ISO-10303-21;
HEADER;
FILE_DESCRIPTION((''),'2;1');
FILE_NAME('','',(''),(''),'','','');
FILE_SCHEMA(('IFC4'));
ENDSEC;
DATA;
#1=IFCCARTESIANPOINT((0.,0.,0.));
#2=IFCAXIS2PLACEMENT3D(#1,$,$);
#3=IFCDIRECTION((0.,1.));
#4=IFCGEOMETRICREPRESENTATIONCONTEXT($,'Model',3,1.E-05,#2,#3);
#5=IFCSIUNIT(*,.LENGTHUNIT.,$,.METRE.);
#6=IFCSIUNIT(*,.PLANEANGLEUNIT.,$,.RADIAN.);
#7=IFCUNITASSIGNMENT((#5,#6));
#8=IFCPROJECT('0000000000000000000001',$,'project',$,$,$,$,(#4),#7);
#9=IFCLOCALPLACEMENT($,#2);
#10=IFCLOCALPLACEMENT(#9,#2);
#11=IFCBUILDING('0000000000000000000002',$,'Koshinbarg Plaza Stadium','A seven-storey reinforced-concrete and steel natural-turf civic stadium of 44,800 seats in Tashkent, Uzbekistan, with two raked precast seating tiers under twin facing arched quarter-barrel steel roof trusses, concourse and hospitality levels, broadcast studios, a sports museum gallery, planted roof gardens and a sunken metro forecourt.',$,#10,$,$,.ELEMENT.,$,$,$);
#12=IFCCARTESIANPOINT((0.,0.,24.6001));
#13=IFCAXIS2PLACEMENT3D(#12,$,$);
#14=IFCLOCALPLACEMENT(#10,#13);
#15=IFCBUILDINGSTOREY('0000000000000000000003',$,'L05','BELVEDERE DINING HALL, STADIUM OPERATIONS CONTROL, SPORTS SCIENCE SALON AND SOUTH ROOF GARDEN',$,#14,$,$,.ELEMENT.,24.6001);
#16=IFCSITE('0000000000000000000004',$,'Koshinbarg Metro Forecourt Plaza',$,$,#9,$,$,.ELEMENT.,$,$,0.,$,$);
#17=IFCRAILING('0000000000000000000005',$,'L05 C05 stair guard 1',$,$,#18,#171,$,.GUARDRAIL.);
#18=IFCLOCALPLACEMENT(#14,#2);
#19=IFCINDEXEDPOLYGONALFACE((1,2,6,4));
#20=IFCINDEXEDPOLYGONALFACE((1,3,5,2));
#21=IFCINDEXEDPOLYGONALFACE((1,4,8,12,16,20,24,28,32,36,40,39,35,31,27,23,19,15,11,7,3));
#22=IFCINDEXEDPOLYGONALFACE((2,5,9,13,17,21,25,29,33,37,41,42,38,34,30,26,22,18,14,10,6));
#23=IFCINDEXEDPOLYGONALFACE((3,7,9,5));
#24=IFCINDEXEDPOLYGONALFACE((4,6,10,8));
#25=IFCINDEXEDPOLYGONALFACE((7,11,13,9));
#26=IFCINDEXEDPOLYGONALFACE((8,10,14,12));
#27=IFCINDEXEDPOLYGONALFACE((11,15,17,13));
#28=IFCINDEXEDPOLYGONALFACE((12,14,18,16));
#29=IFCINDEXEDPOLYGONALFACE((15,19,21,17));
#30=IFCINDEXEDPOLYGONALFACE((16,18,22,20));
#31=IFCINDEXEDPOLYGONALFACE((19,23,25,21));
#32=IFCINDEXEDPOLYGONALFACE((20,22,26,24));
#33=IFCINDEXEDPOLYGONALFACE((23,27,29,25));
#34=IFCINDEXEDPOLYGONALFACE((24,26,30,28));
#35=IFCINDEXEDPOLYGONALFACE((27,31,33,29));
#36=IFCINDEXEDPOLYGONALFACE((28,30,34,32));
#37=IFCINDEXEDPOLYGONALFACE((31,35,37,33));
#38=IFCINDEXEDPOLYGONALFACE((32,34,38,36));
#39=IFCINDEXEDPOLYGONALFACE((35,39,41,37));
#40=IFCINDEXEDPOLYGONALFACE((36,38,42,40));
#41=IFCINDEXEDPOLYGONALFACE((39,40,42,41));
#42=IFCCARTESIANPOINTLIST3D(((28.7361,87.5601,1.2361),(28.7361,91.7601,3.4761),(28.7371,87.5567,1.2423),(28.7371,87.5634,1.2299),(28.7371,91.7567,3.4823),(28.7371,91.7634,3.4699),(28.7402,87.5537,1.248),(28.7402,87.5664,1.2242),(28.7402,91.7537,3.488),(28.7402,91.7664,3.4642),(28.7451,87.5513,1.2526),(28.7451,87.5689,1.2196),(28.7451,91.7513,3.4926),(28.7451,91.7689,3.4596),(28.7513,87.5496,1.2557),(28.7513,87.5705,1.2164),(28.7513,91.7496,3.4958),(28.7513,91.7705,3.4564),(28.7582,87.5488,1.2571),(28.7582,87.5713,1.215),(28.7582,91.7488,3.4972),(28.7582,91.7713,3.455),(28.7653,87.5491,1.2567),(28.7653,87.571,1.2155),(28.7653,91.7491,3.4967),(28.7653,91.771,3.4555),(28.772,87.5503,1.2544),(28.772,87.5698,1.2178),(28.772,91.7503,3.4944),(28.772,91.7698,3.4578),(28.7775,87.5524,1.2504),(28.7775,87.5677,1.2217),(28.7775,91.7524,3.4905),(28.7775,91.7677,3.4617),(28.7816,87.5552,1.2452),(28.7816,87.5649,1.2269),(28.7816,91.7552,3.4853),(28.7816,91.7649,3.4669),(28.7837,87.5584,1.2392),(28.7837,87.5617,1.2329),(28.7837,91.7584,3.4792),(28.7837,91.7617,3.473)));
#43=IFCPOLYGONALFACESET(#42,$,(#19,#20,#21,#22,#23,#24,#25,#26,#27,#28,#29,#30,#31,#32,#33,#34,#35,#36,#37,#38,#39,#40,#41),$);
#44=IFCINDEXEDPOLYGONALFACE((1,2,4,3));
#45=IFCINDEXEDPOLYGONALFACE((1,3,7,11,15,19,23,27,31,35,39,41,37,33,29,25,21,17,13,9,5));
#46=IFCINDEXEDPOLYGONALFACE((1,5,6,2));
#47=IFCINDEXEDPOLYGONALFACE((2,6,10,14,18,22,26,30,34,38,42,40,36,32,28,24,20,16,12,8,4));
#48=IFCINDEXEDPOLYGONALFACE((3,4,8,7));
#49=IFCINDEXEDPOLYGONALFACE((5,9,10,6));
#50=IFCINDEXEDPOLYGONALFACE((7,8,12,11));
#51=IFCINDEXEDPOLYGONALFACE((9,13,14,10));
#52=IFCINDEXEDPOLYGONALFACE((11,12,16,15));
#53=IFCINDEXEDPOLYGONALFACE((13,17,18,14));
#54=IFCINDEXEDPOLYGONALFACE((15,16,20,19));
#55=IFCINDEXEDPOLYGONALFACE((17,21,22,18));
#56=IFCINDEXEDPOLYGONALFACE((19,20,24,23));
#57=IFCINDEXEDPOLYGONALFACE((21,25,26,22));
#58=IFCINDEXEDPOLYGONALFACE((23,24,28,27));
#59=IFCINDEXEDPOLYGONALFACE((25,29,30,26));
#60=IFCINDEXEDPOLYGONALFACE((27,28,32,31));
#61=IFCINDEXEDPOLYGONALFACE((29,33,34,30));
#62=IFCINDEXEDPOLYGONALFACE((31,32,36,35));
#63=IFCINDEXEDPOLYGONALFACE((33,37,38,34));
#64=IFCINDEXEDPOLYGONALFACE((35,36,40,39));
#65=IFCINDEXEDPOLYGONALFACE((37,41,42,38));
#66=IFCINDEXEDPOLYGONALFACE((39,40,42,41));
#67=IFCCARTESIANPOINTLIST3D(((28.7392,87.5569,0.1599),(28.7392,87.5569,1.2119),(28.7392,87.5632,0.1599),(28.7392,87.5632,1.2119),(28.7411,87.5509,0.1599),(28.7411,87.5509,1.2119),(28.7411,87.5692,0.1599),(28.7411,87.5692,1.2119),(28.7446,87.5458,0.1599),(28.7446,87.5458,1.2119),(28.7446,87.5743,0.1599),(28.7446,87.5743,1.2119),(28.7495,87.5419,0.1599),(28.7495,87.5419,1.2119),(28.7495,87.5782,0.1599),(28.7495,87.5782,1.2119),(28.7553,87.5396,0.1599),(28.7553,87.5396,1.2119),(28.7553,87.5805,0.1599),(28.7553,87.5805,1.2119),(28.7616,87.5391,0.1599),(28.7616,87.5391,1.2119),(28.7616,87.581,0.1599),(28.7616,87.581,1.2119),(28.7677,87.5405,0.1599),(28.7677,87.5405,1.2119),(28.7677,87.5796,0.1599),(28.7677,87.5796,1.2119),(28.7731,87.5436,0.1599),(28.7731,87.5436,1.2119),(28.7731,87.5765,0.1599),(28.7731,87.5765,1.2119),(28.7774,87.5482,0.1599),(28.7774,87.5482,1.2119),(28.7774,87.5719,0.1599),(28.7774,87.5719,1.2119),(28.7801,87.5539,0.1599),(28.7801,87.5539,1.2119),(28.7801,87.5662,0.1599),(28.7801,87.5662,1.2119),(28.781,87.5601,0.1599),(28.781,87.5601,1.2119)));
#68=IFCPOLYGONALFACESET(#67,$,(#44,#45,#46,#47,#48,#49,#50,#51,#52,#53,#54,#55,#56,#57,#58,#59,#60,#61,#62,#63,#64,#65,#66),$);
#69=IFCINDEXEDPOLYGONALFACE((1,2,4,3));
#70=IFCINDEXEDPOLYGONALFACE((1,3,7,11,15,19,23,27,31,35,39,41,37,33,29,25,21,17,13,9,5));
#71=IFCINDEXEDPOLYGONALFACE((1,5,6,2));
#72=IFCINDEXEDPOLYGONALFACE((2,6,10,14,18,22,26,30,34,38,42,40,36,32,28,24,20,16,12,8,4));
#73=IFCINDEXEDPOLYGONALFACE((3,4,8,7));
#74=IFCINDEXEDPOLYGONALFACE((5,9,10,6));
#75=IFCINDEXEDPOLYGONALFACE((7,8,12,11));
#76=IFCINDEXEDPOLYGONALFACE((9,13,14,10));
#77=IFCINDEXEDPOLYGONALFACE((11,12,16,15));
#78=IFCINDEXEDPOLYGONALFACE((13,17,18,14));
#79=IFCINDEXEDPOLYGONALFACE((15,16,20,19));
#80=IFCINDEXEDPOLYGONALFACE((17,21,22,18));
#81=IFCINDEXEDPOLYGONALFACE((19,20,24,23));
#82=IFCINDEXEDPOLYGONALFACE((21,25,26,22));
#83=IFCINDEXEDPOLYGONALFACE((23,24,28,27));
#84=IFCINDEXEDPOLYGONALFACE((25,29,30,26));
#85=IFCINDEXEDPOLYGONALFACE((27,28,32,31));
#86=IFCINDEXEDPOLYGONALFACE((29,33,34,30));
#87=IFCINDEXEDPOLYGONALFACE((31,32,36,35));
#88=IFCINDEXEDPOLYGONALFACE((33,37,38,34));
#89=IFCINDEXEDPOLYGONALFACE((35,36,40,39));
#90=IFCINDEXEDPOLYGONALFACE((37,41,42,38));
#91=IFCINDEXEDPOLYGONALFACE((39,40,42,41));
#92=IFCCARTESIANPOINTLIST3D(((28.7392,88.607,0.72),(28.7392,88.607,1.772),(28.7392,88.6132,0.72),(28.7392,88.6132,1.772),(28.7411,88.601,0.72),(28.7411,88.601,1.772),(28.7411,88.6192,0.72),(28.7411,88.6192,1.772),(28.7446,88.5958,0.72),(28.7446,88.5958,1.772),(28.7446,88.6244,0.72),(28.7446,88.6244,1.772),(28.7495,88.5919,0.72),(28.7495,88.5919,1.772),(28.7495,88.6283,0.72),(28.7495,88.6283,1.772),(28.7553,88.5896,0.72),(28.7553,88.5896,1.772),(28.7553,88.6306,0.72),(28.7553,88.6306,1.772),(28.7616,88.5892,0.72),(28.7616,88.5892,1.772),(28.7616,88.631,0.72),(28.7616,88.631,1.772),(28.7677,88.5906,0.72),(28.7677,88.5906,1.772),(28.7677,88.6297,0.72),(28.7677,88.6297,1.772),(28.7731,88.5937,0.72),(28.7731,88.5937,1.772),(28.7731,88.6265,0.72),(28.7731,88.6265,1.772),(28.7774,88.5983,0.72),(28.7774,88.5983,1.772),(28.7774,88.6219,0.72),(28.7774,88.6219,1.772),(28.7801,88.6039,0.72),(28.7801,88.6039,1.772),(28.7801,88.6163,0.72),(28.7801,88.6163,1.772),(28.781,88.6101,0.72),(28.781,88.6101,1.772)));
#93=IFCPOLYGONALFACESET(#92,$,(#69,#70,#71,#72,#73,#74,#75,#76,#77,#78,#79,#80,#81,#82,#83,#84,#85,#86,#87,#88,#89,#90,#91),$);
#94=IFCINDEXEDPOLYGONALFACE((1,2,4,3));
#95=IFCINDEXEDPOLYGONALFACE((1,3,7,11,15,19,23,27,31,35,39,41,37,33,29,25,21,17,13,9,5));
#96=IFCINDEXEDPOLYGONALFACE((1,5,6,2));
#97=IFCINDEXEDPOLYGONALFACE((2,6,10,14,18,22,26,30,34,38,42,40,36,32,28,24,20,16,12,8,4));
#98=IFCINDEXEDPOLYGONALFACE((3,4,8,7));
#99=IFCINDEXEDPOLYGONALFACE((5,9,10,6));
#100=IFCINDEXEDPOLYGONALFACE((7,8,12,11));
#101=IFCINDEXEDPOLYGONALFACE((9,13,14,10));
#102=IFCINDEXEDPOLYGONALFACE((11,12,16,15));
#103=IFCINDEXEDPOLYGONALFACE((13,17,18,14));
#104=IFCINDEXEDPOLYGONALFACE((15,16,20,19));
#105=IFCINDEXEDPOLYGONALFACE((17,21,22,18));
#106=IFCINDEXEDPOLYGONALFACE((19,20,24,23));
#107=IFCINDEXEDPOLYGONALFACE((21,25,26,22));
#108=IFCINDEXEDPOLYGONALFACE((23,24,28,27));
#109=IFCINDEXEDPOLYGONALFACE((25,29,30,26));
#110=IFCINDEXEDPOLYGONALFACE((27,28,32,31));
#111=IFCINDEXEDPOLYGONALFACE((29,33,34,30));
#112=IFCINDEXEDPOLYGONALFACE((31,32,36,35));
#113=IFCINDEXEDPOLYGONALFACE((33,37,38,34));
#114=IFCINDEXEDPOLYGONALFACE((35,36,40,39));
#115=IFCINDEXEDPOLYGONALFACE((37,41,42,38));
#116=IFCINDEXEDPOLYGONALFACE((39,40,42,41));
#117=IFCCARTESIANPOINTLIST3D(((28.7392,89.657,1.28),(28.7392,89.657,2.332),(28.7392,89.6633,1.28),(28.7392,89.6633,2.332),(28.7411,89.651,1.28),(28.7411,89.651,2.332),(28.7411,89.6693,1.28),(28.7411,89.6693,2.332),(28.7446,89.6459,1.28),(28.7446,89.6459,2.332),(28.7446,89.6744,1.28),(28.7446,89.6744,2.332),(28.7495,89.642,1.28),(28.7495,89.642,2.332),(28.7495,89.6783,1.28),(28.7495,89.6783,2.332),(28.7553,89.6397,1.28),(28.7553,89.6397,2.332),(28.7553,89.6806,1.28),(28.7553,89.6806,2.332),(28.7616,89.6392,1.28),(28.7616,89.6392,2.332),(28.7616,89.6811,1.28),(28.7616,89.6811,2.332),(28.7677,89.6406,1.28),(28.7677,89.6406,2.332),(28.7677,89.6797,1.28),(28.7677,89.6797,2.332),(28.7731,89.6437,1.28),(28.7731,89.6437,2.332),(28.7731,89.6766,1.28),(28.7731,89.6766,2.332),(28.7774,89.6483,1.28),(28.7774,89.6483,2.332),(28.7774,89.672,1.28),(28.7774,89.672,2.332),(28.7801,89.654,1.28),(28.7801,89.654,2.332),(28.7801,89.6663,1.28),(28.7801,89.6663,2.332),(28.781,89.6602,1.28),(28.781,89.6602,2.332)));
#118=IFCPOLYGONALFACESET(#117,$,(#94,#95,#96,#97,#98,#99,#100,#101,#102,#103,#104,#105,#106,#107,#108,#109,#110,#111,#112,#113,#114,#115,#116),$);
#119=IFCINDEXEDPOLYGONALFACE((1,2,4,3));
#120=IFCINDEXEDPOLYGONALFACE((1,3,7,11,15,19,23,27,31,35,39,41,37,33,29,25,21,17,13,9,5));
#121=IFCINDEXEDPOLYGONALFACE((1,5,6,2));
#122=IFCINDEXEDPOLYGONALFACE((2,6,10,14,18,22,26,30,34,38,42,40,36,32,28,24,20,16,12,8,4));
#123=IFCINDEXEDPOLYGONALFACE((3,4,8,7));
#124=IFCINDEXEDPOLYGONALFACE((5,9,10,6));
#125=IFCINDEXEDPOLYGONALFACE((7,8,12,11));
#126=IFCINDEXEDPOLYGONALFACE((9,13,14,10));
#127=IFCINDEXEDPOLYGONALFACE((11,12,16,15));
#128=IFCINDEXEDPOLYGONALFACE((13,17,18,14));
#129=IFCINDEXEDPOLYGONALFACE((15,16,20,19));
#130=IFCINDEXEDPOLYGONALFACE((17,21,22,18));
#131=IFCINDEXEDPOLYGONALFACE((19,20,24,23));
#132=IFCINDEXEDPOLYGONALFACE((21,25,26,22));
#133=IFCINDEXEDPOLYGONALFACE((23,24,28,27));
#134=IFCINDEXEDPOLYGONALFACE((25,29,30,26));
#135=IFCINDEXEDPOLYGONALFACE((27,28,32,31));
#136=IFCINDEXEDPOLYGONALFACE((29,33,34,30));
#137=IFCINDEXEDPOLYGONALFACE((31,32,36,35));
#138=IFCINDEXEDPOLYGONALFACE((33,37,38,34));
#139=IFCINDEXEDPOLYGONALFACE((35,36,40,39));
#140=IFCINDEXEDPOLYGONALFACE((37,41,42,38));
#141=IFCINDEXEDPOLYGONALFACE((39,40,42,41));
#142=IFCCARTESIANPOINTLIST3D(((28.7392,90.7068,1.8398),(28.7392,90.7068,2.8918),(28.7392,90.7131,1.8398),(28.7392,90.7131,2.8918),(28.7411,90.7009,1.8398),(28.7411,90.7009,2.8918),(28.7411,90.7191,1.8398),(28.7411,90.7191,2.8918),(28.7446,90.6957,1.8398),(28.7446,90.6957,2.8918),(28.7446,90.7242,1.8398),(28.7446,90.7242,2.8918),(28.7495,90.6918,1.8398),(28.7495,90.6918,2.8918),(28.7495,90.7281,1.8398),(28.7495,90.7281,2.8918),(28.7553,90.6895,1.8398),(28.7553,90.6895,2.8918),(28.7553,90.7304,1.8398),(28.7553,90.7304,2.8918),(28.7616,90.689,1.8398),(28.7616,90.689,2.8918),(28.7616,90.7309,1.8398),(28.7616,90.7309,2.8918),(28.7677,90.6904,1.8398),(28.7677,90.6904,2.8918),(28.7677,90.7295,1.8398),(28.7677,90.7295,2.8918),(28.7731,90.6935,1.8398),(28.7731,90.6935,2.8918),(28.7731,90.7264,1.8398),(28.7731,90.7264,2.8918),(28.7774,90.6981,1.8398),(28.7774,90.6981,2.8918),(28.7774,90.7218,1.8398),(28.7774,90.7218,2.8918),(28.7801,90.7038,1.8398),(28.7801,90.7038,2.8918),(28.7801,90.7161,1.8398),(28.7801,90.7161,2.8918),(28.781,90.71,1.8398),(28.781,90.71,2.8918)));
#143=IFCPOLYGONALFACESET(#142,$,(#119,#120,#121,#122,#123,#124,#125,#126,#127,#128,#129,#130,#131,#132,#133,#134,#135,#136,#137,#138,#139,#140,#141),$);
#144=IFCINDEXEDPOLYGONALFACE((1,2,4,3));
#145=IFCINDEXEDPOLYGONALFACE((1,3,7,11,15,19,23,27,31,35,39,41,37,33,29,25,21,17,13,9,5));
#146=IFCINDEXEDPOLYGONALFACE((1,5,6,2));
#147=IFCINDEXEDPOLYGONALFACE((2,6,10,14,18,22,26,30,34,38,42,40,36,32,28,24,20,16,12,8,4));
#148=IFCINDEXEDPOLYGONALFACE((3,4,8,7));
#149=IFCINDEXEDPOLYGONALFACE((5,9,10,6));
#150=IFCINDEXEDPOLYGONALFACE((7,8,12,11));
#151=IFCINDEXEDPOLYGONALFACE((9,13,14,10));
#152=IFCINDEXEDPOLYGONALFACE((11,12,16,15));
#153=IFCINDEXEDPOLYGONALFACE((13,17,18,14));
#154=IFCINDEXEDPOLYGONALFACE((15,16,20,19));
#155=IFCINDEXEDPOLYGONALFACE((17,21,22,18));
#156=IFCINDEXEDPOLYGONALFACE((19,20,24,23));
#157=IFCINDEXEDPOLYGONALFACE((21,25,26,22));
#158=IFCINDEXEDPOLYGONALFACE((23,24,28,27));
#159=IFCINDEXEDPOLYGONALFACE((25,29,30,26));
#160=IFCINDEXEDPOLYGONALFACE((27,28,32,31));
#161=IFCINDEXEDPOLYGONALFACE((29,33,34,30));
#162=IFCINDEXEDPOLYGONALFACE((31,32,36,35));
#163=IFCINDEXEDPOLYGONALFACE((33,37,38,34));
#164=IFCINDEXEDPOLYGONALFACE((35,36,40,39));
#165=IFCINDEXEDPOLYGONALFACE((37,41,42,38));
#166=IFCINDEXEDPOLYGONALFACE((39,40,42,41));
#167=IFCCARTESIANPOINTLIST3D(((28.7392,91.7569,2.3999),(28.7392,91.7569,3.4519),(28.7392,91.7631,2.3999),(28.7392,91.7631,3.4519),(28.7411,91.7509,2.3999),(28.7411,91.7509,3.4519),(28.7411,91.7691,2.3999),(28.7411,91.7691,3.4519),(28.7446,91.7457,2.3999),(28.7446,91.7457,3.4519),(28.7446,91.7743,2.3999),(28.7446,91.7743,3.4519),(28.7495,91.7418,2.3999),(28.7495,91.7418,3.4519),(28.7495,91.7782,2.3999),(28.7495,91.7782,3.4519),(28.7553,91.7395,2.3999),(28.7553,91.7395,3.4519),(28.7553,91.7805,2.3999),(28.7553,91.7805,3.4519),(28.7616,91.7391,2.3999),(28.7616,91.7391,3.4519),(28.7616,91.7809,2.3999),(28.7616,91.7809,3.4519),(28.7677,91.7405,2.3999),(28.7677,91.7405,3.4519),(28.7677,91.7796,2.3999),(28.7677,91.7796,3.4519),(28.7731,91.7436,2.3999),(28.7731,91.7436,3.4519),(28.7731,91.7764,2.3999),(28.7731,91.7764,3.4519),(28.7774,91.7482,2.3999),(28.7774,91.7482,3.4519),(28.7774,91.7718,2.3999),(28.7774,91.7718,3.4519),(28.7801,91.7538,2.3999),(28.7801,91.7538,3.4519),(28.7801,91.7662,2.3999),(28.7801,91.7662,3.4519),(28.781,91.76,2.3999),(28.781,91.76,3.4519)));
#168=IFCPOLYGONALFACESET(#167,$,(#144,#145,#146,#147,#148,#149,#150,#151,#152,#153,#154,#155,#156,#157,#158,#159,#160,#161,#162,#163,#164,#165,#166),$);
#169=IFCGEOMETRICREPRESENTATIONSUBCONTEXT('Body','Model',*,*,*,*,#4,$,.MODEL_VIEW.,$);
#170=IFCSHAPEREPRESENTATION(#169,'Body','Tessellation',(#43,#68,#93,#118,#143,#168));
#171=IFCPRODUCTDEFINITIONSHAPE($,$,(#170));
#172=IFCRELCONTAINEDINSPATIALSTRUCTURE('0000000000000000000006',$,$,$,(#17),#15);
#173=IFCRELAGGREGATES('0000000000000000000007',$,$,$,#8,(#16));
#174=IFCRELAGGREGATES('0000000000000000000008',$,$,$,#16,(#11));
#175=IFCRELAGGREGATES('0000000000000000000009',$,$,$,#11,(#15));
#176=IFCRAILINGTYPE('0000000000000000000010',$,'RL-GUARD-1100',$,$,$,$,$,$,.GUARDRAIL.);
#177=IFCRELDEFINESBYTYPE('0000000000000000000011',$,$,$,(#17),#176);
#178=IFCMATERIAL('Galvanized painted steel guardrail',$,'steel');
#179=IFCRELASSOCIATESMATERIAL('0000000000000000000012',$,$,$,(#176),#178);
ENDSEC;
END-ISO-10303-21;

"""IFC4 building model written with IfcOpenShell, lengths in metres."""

from ifc_helpers import new_model, si_unit, direction, frame, origin, origin_2d, place, context, subcontext, project, spatial, circle, extrude, material, type_object, element, save


model = new_model("IFC4")

# Units and contexts
model_context = context("Model", 3, precision=1e-05, world=origin(), true_north=direction((0.0, 1.0)))
body_context = subcontext(model_context, "Body", "Model", "MODEL_VIEW")
ifc_project = project(units=[si_unit("LENGTHUNIT", "METRE"), si_unit("PLANEANGLEUNIT", "RADIAN")], contexts=[model_context])

# Site, building, storey
site_placement = place(None, origin())
site = spatial("IfcSite", under=ifc_project, at=site_placement, Name="Koshinbarg Metro Forecourt Plaza", CompositionType="ELEMENT", RefElevation=0.0)
building_placement = place(site_placement, origin())
building = spatial("IfcBuilding", under=site, at=building_placement, Name="Koshinbarg Plaza Stadium", Description="A seven-storey reinforced-concrete and steel natural-turf civic stadium of 44,800 seats in Tashkent, Uzbekistan, with two raked precast seating tiers under twin facing arched quarter-barrel steel roof trusses, concourse and hospitality levels, broadcast studios, a sports museum gallery, planted roof gardens and a sunken metro forecourt.", CompositionType="ELEMENT")
storey_placement = place(building_placement, frame((0.0, 0.0, 24.6001)))
storey = spatial("IfcBuildingStorey", under=building, at=storey_placement, Name="L05", Description="BELVEDERE DINING HALL, STADIUM OPERATIONS CONTROL, SPORTS SCIENCE SALON AND SOUTH ROOF GARDEN", CompositionType="ELEMENT", Elevation=24.6001)

# Railing
ifc_material_1 = material(Name="Galvanized painted steel guardrail", Category="steel")
railing_type_1 = type_object("IfcRailingType", Name="RL-GUARD-1100", PredefinedType="GUARDRAIL", material=ifc_material_1)
railing_1_placement = place(storey_placement, frame((28.76, 87.5601, 0.1599)))
element("IfcRailing", 1, at=railing_1_placement, inside=storey, type_object=railing_type_1, Name="L05 C05 stair guard 1", PredefinedType="GUARDRAIL", context=body_context, shape_type="SweptSolid", body=[
    extrude(circle(Radius=0.0239, at=origin_2d()), frame((0.0, 0.0, 1.0762), z_axis=(0.0, 0.882352, 0.470591), x_axis=(-1.0, 0.0, 0.0)), (0.0, 0.0, 1.0), 4.76),
    extrude(circle(Radius=0.021, at=origin_2d()), origin(), (0.0, 0.0, 1.0), 1.052),
    extrude(circle(Radius=0.021, at=origin_2d()), frame((0.0, 1.05, 0.5601)), (0.0, 0.0, 1.0), 1.052),
    extrude(circle(Radius=0.021, at=origin_2d()), frame((0.0, 2.1001, 1.1201)), (0.0, 0.0, 1.0), 1.052),
    extrude(circle(Radius=0.021, at=origin_2d()), frame((0.0, 3.1499, 1.6799)), (0.0, 0.0, 1.0), 1.052),
    extrude(circle(Radius=0.021, at=origin_2d()), frame((0.0, 4.2, 2.24)), (0.0, 0.0, 1.0), 1.052),
])

save(model, "model.ifc")
